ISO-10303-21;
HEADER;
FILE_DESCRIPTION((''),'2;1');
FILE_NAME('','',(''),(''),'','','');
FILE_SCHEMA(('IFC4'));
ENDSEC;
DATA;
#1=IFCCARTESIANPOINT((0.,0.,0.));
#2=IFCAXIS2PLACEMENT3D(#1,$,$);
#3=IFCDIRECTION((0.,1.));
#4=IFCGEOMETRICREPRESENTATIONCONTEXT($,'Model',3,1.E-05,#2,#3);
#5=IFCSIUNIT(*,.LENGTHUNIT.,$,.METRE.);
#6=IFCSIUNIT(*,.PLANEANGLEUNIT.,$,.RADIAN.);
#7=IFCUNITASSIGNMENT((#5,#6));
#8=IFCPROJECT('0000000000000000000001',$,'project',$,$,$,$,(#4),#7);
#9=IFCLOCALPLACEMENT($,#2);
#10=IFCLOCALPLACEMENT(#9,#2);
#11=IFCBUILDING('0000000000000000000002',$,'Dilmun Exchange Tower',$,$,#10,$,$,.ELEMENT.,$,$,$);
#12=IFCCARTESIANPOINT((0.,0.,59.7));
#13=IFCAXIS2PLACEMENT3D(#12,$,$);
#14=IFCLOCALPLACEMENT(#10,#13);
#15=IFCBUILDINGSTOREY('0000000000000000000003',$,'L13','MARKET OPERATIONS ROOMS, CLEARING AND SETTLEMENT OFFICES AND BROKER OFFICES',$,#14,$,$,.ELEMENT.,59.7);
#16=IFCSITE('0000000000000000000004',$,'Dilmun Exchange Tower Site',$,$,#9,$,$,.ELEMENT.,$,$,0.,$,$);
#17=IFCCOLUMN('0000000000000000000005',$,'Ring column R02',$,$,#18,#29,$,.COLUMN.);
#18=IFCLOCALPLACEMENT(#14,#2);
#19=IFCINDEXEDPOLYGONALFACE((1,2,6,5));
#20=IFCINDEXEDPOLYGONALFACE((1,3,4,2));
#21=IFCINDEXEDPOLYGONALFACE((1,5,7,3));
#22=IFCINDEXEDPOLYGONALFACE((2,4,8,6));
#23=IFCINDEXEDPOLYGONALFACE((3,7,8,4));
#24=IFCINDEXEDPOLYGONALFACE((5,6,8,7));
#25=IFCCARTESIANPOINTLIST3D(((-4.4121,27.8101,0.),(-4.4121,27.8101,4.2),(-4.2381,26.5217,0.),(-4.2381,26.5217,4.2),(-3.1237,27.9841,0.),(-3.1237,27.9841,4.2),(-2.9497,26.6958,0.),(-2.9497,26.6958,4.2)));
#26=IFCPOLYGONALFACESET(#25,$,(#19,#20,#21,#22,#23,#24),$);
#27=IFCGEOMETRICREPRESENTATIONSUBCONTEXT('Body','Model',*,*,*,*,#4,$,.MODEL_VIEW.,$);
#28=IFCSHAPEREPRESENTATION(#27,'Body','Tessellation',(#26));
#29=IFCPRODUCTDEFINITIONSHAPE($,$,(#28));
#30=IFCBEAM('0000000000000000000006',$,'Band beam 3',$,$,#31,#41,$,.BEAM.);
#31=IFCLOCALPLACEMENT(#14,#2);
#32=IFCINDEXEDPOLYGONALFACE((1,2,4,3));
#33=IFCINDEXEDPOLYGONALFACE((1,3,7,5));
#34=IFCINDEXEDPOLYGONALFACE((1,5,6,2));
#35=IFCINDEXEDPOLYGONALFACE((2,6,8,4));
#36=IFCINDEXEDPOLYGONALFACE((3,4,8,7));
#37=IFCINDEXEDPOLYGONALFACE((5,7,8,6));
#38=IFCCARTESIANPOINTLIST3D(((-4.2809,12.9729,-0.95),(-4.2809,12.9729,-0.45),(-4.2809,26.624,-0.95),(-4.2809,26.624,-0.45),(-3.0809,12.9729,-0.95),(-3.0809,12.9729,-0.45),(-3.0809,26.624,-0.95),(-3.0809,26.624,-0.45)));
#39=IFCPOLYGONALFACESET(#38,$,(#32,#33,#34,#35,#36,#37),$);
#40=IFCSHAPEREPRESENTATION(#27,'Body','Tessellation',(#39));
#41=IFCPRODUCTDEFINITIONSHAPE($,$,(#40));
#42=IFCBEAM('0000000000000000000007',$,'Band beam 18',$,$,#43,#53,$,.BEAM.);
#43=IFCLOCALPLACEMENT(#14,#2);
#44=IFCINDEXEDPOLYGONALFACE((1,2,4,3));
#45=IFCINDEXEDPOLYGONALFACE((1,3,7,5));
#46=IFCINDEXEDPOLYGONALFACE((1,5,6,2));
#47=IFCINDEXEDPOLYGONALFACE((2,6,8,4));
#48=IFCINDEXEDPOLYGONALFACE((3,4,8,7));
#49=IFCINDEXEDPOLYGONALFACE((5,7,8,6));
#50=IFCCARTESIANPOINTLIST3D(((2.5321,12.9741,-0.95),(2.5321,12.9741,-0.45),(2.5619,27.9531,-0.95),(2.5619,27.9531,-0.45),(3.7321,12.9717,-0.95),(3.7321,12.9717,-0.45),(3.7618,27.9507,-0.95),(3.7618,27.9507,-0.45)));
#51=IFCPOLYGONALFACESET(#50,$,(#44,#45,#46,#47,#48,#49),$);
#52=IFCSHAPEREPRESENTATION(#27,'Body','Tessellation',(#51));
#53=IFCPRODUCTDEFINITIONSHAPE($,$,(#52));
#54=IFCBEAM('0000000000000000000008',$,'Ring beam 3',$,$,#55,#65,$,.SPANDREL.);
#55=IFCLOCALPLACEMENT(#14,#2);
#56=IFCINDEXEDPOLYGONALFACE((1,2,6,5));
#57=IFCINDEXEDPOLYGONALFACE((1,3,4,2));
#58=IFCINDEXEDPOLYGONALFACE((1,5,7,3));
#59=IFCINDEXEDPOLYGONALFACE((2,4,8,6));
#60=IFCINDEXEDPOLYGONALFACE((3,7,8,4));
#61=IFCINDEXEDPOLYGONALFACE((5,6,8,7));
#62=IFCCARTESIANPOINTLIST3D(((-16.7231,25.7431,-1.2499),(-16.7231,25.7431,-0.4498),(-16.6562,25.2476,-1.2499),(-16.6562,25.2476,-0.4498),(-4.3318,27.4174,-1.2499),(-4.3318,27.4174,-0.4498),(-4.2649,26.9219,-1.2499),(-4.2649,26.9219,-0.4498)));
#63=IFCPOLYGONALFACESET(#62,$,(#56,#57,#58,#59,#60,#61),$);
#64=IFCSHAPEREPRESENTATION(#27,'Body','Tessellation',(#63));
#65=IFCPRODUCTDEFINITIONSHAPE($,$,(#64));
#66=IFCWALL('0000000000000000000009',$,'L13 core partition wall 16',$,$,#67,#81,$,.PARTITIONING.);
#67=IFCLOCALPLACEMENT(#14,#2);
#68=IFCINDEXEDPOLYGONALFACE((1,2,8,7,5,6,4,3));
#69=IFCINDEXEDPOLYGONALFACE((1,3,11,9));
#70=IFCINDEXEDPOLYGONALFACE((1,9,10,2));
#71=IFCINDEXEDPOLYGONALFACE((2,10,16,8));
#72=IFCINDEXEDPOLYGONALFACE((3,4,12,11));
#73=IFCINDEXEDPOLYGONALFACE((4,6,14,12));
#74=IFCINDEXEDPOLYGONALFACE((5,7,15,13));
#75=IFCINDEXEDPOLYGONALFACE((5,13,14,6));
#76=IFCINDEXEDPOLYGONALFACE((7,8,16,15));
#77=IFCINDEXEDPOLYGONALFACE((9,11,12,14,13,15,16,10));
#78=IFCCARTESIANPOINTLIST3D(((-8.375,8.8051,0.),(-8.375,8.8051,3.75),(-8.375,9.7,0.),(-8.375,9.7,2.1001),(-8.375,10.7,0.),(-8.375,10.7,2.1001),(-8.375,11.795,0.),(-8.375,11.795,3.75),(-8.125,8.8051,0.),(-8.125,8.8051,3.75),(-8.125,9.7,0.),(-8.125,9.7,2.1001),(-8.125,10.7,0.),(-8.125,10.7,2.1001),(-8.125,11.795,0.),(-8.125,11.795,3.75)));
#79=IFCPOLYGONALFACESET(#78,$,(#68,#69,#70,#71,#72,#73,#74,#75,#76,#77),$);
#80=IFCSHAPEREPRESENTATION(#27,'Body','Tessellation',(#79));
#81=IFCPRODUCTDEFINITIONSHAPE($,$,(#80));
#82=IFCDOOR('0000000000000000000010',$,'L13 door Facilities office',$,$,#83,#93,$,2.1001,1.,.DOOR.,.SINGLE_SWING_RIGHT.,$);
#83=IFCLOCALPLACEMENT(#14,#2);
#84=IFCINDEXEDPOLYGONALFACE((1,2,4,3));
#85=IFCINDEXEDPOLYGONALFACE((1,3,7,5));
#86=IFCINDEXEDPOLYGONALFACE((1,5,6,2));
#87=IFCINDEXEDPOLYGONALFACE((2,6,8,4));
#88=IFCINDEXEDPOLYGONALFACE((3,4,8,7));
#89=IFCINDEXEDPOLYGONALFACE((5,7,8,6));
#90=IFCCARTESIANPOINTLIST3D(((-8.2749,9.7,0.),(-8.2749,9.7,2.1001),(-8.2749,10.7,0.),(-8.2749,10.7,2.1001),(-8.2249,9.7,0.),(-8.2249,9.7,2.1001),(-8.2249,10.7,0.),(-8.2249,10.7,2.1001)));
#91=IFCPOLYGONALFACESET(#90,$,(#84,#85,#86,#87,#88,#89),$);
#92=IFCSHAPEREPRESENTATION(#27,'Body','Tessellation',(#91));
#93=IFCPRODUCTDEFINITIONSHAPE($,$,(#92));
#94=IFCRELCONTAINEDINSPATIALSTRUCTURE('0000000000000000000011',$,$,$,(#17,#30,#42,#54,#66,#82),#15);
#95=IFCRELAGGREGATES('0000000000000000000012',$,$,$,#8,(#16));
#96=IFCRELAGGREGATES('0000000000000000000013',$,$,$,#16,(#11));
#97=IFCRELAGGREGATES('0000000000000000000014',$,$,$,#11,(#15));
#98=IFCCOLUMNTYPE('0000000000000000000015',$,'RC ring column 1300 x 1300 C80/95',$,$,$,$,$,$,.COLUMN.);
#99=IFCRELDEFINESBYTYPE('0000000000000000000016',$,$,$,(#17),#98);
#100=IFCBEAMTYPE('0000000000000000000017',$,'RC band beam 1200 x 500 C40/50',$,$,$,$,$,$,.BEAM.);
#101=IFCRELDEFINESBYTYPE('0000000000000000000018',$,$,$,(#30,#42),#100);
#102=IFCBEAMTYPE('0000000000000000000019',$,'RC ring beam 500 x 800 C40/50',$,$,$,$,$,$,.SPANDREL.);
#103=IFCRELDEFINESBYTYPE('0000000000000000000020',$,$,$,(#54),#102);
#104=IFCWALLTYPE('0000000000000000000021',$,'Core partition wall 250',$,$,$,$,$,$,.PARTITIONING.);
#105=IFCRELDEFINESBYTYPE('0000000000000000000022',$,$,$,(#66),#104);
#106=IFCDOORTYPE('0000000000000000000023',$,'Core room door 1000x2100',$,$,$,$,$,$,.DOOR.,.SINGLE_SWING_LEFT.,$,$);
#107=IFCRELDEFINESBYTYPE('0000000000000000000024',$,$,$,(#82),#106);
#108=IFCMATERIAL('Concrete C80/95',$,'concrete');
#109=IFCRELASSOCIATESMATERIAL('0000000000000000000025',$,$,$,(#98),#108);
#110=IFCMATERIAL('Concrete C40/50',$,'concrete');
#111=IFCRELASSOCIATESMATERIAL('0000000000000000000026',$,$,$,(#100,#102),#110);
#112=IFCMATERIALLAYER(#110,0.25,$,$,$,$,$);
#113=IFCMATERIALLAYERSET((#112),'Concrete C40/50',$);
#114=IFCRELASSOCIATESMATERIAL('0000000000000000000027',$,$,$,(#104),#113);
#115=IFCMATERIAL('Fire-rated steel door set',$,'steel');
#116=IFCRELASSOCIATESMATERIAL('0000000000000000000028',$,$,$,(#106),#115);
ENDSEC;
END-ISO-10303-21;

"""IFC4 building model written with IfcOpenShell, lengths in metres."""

from ifc_helpers import new_model, si_unit, direction, frame, frame_2d, origin, origin_2d, place, context, subcontext, project, spatial, rectangle, extrude, material, layer, layer_set, material_profile, profile_set, type_object, element, fill, save


model = new_model("IFC4")

# Units and contexts
model_context = context("Model", 3, precision=1e-05, world=origin(), true_north=direction((0.0, 1.0)))
body_context = subcontext(model_context, "Body", "Model", "MODEL_VIEW")
ifc_project = project(units=[si_unit("LENGTHUNIT", "METRE"), si_unit("PLANEANGLEUNIT", "RADIAN")], contexts=[model_context])

# Site, building, storey
site_placement = place(None, origin())
site = spatial("IfcSite", under=ifc_project, at=site_placement, Name="Dilmun Exchange Tower Site", CompositionType="ELEMENT", RefElevation=0.0)
building_placement = place(site_placement, origin())
building = spatial("IfcBuilding", under=site, at=building_placement, Name="Dilmun Exchange Tower", CompositionType="ELEMENT")
storey_placement = place(building_placement, frame((0.0, 0.0, 59.7)))
storey = spatial("IfcBuildingStorey", under=building, at=storey_placement, Name="L13", Description="MARKET OPERATIONS ROOMS, CLEARING AND SETTLEMENT OFFICES AND BROKER OFFICES", CompositionType="ELEMENT", Elevation=59.7)

# Column
ifc_material_1 = material(Name="Concrete C80/95", Category="concrete")
ifc_material_profile_1 = material_profile(ifc_material_1, rectangle(XDim=1.3, YDim=1.3, at=origin_2d()), Name="1300 x 1300")
ifc_profile_set_1 = profile_set([ifc_material_profile_1], Name="Concrete C80/95")
column_type = type_object("IfcColumnType", Name="RC ring column 1300 x 1300 C80/95", PredefinedType="COLUMN", material=ifc_profile_set_1)
column_placement = place(storey_placement, frame((-3.6809, 27.2529, 0.0), z_axis=(0.0, 0.0, 1.0), x_axis=(0.991001, 0.133853, 0.0)))
element("IfcColumn", 1, at=column_placement, inside=storey, type_object=column_type, Name="Ring column R02", PredefinedType="COLUMN", context=body_context, shape_type="SweptSolid", body=[
    extrude(rectangle(XDim=1.3, YDim=1.3, at=origin_2d()), origin(), (0.0, 0.0, 1.0), 4.2),
])

# Beams
ifc_material_2 = material(Name="Concrete C40/50", Category="concrete")
ifc_material_profile_2 = material_profile(ifc_material_2, rectangle(XDim=1.2, YDim=0.5, at=origin_2d()), Name="1200 x 500")
ifc_profile_set_2 = profile_set([ifc_material_profile_2], Name="Concrete C40/50")
beam_type_1 = type_object("IfcBeamType", Name="RC band beam 1200 x 500 C40/50", PredefinedType="BEAM", material=ifc_profile_set_2)
beam_1_placement = place(storey_placement, frame((-3.6809, 26.624, -0.7), z_axis=(0.0, -1.0, 0.0), x_axis=(1.0, 0.0, 0.0)))
element("IfcBeam", 2, at=beam_1_placement, inside=storey, type_object=beam_type_1, Name="Band beam 3", PredefinedType="BEAM", context=body_context, shape_type="SweptSolid", body=[
    extrude(rectangle(XDim=1.2, YDim=0.5, at=origin_2d()), origin(), (0.0, 0.0, 1.0), 13.6511),
])
beam_2_placement = place(storey_placement, frame((3.1619, 27.9519, -0.7), z_axis=(-0.001988, -0.999998, 0.0), x_axis=(0.999998, -0.001988, 0.0)))
element("IfcBeam", 3, at=beam_2_placement, inside=storey, type_object=beam_type_1, Name="Band beam 18", PredefinedType="BEAM", context=body_context, shape_type="SweptSolid", body=[
    extrude(rectangle(XDim=1.2, YDim=0.5, at=origin_2d()), origin(), (0.0, 0.0, 1.0), 14.979),
])
ifc_material_profile_3 = material_profile(ifc_material_2, rectangle(XDim=0.5, YDim=0.8, at=origin_2d()), Name="500 x 800")
ifc_profile_set_3 = profile_set([ifc_material_profile_3], Name="Concrete C40/50")
beam_type_2 = type_object("IfcBeamType", Name="RC ring beam 500 x 800 C40/50", PredefinedType="SPANDREL", material=ifc_profile_set_3)
beam_3_placement = place(storey_placement, frame((-4.2983, 27.1697, -0.8499), z_axis=(-0.990994, -0.133903, 0.0), x_axis=(0.133903, -0.990994, 0.0)))
element("IfcBeam", 4, at=beam_3_placement, inside=storey, type_object=beam_type_2, Name="Ring beam 3", PredefinedType="SPANDREL", context=body_context, shape_type="SweptSolid", body=[
    extrude(rectangle(XDim=0.5, YDim=0.8, at=origin_2d()), origin(), (0.0, 0.0, 1.0), 12.5039),
])

# Wall, opening, door
ifc_layer_1 = layer(ifc_material_2, 0.25)
ifc_layer_set_1 = layer_set([ifc_layer_1], Name="Concrete C40/50")
wall_type_1 = type_object("IfcWallType", Name="Core partition wall 250", PredefinedType="PARTITIONING", material=ifc_layer_set_1)
wall_1_placement = place(storey_placement, frame((-8.25, 8.8049, 0.0), z_axis=(0.0, 0.0, 1.0), x_axis=(0.0, 1.0, 0.0)))
wall_1 = element("IfcWall", 5, at=wall_1_placement, inside=storey, type_object=wall_type_1, Name="L13 core partition wall 16", PredefinedType="PARTITIONING", context=body_context, shape_type="SweptSolid", body=[
    extrude(rectangle(XDim=2.99, YDim=0.25, at=frame_2d((1.4951, 0.0))), origin(), (0.0, 0.0, 1.0), 3.75),
])
opening_1_placement = place(wall_1_placement, frame((0.895, 0.0, 0.0)))
opening_1 = element("IfcOpeningElement", 6, at=opening_1_placement, cuts=wall_1, PredefinedType="OPENING", context=body_context, shape_type="SweptSolid", body=[
    extrude(rectangle(XDim=1.0, YDim=2.1001, at=frame_2d((0.5, 1.05))), frame((0.0, 0.135, 0.0), z_axis=(0.0, -1.0, 0.0), x_axis=(1.0, 0.0, 0.0)), (0.0, 0.0, 1.0), 0.27),
])
ifc_material_3 = material(Name="Fire-rated steel door set", Category="steel")
door_type_1 = type_object("IfcDoorType", Name="Core room door 1000x2100", OperationType="SINGLE_SWING_LEFT", PredefinedType="DOOR", material=ifc_material_3)
door_1_placement = place(opening_1_placement, origin())
door_1 = element("IfcDoor", 7, at=door_1_placement, inside=storey, type_object=door_type_1, Name="L13 door Facilities office", OperationType="SINGLE_SWING_RIGHT", OverallHeight=2.1001, OverallWidth=1.0, PredefinedType="DOOR", context=body_context, shape_type="SweptSolid", body=[
    extrude(rectangle(XDim=1.0, YDim=2.1001, at=frame_2d((0.5, 1.05))), frame((0.0, 0.0249, 0.0), z_axis=(0.0, -1.0, 0.0), x_axis=(1.0, 0.0, 0.0)), (0.0, 0.0, 1.0), 0.05),
])
fill(opening_1, door_1)

save(model, "model.ifc")
